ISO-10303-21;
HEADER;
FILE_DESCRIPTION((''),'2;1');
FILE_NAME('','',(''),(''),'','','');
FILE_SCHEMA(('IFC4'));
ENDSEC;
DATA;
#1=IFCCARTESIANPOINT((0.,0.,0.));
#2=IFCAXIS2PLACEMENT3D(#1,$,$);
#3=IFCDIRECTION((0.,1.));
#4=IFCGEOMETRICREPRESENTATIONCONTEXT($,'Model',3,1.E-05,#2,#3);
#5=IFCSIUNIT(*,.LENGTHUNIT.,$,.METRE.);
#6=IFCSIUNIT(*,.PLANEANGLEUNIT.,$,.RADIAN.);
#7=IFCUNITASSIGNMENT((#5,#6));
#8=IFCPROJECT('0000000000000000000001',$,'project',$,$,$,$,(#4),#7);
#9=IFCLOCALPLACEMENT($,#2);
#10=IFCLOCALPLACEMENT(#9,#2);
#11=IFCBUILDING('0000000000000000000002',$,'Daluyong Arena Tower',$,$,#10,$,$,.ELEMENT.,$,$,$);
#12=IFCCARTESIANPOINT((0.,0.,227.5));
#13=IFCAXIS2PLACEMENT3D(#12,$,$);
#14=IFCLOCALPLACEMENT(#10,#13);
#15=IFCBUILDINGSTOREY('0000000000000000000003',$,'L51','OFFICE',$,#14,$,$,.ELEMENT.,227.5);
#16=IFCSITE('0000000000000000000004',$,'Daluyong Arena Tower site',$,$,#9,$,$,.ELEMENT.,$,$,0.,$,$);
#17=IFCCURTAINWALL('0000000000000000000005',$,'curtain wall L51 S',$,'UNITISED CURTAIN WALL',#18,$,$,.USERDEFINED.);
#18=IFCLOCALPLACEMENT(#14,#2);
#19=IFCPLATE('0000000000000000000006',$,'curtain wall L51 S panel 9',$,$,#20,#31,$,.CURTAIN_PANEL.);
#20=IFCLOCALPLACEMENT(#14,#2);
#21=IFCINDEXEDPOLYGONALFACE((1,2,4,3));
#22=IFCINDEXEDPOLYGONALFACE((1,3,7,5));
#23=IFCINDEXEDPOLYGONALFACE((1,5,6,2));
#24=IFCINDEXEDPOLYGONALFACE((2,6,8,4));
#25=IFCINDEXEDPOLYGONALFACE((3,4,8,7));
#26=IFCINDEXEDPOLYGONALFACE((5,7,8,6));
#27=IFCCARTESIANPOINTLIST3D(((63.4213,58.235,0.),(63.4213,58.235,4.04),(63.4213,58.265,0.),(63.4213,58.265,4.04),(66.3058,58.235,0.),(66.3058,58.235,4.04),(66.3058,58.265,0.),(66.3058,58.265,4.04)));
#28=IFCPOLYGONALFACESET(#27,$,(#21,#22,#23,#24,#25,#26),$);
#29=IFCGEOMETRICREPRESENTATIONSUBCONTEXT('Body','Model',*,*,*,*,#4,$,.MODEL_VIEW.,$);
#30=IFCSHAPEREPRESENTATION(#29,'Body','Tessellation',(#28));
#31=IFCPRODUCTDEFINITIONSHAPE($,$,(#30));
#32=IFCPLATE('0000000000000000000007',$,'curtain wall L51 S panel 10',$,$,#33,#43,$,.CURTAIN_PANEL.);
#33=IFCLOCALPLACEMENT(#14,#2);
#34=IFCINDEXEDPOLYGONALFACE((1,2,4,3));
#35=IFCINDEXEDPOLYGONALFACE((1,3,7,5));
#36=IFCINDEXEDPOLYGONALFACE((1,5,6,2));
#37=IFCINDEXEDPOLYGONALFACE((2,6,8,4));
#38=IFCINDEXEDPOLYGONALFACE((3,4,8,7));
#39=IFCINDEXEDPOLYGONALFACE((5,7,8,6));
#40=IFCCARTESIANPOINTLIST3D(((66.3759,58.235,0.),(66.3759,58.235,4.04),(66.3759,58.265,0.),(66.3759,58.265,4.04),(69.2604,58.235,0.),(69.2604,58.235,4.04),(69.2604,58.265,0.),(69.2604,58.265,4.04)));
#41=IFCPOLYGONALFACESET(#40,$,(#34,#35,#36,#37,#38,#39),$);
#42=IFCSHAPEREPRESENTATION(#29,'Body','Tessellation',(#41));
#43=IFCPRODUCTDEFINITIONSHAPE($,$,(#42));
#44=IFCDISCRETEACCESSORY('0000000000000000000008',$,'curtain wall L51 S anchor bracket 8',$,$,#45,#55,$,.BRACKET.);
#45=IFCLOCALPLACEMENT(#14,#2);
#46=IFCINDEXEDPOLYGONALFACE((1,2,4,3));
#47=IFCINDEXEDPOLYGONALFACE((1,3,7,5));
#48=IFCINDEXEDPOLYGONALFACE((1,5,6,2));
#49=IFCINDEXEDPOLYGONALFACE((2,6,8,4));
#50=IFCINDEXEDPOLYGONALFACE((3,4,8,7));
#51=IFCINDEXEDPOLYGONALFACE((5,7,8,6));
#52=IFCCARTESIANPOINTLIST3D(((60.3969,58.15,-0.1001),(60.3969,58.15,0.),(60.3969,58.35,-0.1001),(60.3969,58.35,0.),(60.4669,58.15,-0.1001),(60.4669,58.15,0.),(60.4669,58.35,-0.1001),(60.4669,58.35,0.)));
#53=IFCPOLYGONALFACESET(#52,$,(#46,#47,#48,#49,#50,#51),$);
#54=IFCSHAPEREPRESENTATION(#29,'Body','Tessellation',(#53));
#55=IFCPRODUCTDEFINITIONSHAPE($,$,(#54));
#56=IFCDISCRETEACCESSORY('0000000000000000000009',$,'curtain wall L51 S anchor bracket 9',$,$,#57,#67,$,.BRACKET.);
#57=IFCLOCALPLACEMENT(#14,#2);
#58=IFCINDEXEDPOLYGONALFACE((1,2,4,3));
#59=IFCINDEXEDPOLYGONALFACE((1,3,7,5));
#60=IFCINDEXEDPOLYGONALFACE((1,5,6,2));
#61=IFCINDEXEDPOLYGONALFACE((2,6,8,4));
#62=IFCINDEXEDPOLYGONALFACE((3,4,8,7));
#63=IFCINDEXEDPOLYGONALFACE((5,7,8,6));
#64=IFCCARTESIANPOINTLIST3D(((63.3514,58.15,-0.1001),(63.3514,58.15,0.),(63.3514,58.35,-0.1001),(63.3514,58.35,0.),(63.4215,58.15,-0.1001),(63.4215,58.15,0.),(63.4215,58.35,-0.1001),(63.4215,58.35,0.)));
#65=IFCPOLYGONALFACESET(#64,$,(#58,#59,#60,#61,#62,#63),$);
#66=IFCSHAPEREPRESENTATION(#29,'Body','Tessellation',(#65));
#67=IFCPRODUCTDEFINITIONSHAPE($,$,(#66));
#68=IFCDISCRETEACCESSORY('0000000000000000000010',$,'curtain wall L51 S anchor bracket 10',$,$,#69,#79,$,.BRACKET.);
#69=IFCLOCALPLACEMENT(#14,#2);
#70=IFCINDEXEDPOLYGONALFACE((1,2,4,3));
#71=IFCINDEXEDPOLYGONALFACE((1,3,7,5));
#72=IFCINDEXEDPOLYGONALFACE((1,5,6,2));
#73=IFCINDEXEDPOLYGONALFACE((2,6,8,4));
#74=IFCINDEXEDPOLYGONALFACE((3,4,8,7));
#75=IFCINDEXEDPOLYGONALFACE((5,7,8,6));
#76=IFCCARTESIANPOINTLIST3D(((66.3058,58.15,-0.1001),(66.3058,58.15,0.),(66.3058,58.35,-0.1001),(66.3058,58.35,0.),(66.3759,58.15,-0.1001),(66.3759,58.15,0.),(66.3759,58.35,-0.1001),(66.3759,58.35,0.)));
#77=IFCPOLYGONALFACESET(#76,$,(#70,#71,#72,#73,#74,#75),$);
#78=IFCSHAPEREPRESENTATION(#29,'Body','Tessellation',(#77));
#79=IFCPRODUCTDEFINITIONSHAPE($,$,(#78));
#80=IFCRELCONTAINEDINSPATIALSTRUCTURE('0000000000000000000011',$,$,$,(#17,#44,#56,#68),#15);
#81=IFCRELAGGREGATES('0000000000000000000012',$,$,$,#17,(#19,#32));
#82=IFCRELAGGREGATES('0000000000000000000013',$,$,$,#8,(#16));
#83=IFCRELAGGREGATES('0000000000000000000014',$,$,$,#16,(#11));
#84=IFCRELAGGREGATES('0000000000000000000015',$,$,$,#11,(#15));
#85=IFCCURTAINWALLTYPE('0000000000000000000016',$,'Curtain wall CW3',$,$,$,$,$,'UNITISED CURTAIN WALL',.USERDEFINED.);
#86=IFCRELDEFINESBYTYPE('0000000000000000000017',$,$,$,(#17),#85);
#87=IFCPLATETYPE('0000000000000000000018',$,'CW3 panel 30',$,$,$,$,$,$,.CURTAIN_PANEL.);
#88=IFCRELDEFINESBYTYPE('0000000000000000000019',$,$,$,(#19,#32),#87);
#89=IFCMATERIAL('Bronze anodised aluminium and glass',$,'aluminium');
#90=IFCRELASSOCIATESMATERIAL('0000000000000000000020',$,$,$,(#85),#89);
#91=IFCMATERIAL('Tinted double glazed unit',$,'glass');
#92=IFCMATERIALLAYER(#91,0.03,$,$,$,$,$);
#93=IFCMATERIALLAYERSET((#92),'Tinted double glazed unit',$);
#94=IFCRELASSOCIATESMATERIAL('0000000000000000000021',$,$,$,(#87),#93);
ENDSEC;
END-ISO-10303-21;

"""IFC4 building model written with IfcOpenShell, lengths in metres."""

from ifc_helpers import new_model, si_unit, direction, frame, origin, origin_2d, place, context, subcontext, project, spatial, rectangle, extrude, material, layer, layer_set, type_object, element, aggregate, save


model = new_model("IFC4")

# Units and contexts
model_context = context("Model", 3, precision=1e-05, world=origin(), true_north=direction((0.0, 1.0)))
body_context = subcontext(model_context, "Body", "Model", "MODEL_VIEW")
ifc_project = project(units=[si_unit("LENGTHUNIT", "METRE"), si_unit("PLANEANGLEUNIT", "RADIAN")], contexts=[model_context])

# Site, building, storey
site_placement = place(None, origin())
site = spatial("IfcSite", under=ifc_project, at=site_placement, Name="Daluyong Arena Tower site", CompositionType="ELEMENT", RefElevation=0.0)
building_placement = place(site_placement, origin())
building = spatial("IfcBuilding", under=site, at=building_placement, Name="Daluyong Arena Tower", CompositionType="ELEMENT")
storey_placement = place(building_placement, frame((0.0, 0.0, 227.5)))
storey = spatial("IfcBuildingStorey", under=building, at=storey_placement, Name="L51", Description="OFFICE", CompositionType="ELEMENT", Elevation=227.5)

# Curtain wall
ifc_material_1 = material(Name="Bronze anodised aluminium and glass", Category="aluminium")
curtain_wall_type = type_object("IfcCurtainWallType", Name="Curtain wall CW3", ElementType="UNITISED CURTAIN WALL", PredefinedType="USERDEFINED", material=ifc_material_1)
curtain_wall_placement = place(storey_placement, origin())
curtain_wall = element("IfcCurtainWall", 1, at=curtain_wall_placement, inside=storey, type_object=curtain_wall_type, Name="curtain wall L51 S", ObjectType="UNITISED CURTAIN WALL", PredefinedType="USERDEFINED")

# Plates
ifc_material_2 = material(Name="Tinted double glazed unit", Category="glass")
ifc_layer = layer(ifc_material_2, 0.03)
ifc_layer_set = layer_set([ifc_layer], Name="Tinted double glazed unit")
plate_type = type_object("IfcPlateType", Name="CW3 panel 30", PredefinedType="CURTAIN_PANEL", material=ifc_layer_set)
plate_1_placement = place(storey_placement, frame((64.8635, 58.25, 0.0), z_axis=(0.0, 0.0, 1.0), x_axis=(1.0, 0.0, 0.0)))
plate_1 = element("IfcPlate", 2, at=plate_1_placement, type_object=plate_type, Name="curtain wall L51 S panel 9", PredefinedType="CURTAIN_PANEL", context=body_context, shape_type="SweptSolid", body=[
    extrude(rectangle(XDim=2.8845, YDim=0.03, at=origin_2d()), origin(), (0.0, 0.0, 1.0), 4.04),
])
plate_2_placement = place(storey_placement, frame((67.8181, 58.25, 0.0), z_axis=(0.0, 0.0, 1.0), x_axis=(1.0, 0.0, 0.0)))
plate_2 = element("IfcPlate", 3, at=plate_2_placement, type_object=plate_type, Name="curtain wall L51 S panel 10", PredefinedType="CURTAIN_PANEL", context=body_context, shape_type="SweptSolid", body=[
    extrude(rectangle(XDim=2.8845, YDim=0.03, at=origin_2d()), origin(), (0.0, 0.0, 1.0), 4.04),
])
aggregate(curtain_wall, [plate_1, plate_2])

# Discrete accessories
for number, where, z_axis, x_axis, name in (
    (4, (60.4319, 58.25, -0.1001), (0.0, 0.0, 1.0), (1.0, 0.0, 0.0), "curtain wall L51 S anchor bracket 8"),
    (5, (63.3865, 58.25, -0.1001), (0.0, 0.0, 1.0), (1.0, 0.0, 0.0), "curtain wall L51 S anchor bracket 9"),
    (6, (66.3408, 58.25, -0.1001), (0.0, 0.0, 1.0), (1.0, 0.0, 0.0), "curtain wall L51 S anchor bracket 10"),
):
    element("IfcDiscreteAccessory", number, at=place(storey_placement, frame(where, z_axis=z_axis, x_axis=x_axis)), inside=storey, Name=name, PredefinedType="BRACKET", context=body_context, shape_type="SweptSolid", body=[
        extrude(rectangle(XDim=0.0701, YDim=0.2, at=origin_2d()), origin(), (0.0, 0.0, 1.0), 0.1001),
    ])

save(model, "model.ifc")
